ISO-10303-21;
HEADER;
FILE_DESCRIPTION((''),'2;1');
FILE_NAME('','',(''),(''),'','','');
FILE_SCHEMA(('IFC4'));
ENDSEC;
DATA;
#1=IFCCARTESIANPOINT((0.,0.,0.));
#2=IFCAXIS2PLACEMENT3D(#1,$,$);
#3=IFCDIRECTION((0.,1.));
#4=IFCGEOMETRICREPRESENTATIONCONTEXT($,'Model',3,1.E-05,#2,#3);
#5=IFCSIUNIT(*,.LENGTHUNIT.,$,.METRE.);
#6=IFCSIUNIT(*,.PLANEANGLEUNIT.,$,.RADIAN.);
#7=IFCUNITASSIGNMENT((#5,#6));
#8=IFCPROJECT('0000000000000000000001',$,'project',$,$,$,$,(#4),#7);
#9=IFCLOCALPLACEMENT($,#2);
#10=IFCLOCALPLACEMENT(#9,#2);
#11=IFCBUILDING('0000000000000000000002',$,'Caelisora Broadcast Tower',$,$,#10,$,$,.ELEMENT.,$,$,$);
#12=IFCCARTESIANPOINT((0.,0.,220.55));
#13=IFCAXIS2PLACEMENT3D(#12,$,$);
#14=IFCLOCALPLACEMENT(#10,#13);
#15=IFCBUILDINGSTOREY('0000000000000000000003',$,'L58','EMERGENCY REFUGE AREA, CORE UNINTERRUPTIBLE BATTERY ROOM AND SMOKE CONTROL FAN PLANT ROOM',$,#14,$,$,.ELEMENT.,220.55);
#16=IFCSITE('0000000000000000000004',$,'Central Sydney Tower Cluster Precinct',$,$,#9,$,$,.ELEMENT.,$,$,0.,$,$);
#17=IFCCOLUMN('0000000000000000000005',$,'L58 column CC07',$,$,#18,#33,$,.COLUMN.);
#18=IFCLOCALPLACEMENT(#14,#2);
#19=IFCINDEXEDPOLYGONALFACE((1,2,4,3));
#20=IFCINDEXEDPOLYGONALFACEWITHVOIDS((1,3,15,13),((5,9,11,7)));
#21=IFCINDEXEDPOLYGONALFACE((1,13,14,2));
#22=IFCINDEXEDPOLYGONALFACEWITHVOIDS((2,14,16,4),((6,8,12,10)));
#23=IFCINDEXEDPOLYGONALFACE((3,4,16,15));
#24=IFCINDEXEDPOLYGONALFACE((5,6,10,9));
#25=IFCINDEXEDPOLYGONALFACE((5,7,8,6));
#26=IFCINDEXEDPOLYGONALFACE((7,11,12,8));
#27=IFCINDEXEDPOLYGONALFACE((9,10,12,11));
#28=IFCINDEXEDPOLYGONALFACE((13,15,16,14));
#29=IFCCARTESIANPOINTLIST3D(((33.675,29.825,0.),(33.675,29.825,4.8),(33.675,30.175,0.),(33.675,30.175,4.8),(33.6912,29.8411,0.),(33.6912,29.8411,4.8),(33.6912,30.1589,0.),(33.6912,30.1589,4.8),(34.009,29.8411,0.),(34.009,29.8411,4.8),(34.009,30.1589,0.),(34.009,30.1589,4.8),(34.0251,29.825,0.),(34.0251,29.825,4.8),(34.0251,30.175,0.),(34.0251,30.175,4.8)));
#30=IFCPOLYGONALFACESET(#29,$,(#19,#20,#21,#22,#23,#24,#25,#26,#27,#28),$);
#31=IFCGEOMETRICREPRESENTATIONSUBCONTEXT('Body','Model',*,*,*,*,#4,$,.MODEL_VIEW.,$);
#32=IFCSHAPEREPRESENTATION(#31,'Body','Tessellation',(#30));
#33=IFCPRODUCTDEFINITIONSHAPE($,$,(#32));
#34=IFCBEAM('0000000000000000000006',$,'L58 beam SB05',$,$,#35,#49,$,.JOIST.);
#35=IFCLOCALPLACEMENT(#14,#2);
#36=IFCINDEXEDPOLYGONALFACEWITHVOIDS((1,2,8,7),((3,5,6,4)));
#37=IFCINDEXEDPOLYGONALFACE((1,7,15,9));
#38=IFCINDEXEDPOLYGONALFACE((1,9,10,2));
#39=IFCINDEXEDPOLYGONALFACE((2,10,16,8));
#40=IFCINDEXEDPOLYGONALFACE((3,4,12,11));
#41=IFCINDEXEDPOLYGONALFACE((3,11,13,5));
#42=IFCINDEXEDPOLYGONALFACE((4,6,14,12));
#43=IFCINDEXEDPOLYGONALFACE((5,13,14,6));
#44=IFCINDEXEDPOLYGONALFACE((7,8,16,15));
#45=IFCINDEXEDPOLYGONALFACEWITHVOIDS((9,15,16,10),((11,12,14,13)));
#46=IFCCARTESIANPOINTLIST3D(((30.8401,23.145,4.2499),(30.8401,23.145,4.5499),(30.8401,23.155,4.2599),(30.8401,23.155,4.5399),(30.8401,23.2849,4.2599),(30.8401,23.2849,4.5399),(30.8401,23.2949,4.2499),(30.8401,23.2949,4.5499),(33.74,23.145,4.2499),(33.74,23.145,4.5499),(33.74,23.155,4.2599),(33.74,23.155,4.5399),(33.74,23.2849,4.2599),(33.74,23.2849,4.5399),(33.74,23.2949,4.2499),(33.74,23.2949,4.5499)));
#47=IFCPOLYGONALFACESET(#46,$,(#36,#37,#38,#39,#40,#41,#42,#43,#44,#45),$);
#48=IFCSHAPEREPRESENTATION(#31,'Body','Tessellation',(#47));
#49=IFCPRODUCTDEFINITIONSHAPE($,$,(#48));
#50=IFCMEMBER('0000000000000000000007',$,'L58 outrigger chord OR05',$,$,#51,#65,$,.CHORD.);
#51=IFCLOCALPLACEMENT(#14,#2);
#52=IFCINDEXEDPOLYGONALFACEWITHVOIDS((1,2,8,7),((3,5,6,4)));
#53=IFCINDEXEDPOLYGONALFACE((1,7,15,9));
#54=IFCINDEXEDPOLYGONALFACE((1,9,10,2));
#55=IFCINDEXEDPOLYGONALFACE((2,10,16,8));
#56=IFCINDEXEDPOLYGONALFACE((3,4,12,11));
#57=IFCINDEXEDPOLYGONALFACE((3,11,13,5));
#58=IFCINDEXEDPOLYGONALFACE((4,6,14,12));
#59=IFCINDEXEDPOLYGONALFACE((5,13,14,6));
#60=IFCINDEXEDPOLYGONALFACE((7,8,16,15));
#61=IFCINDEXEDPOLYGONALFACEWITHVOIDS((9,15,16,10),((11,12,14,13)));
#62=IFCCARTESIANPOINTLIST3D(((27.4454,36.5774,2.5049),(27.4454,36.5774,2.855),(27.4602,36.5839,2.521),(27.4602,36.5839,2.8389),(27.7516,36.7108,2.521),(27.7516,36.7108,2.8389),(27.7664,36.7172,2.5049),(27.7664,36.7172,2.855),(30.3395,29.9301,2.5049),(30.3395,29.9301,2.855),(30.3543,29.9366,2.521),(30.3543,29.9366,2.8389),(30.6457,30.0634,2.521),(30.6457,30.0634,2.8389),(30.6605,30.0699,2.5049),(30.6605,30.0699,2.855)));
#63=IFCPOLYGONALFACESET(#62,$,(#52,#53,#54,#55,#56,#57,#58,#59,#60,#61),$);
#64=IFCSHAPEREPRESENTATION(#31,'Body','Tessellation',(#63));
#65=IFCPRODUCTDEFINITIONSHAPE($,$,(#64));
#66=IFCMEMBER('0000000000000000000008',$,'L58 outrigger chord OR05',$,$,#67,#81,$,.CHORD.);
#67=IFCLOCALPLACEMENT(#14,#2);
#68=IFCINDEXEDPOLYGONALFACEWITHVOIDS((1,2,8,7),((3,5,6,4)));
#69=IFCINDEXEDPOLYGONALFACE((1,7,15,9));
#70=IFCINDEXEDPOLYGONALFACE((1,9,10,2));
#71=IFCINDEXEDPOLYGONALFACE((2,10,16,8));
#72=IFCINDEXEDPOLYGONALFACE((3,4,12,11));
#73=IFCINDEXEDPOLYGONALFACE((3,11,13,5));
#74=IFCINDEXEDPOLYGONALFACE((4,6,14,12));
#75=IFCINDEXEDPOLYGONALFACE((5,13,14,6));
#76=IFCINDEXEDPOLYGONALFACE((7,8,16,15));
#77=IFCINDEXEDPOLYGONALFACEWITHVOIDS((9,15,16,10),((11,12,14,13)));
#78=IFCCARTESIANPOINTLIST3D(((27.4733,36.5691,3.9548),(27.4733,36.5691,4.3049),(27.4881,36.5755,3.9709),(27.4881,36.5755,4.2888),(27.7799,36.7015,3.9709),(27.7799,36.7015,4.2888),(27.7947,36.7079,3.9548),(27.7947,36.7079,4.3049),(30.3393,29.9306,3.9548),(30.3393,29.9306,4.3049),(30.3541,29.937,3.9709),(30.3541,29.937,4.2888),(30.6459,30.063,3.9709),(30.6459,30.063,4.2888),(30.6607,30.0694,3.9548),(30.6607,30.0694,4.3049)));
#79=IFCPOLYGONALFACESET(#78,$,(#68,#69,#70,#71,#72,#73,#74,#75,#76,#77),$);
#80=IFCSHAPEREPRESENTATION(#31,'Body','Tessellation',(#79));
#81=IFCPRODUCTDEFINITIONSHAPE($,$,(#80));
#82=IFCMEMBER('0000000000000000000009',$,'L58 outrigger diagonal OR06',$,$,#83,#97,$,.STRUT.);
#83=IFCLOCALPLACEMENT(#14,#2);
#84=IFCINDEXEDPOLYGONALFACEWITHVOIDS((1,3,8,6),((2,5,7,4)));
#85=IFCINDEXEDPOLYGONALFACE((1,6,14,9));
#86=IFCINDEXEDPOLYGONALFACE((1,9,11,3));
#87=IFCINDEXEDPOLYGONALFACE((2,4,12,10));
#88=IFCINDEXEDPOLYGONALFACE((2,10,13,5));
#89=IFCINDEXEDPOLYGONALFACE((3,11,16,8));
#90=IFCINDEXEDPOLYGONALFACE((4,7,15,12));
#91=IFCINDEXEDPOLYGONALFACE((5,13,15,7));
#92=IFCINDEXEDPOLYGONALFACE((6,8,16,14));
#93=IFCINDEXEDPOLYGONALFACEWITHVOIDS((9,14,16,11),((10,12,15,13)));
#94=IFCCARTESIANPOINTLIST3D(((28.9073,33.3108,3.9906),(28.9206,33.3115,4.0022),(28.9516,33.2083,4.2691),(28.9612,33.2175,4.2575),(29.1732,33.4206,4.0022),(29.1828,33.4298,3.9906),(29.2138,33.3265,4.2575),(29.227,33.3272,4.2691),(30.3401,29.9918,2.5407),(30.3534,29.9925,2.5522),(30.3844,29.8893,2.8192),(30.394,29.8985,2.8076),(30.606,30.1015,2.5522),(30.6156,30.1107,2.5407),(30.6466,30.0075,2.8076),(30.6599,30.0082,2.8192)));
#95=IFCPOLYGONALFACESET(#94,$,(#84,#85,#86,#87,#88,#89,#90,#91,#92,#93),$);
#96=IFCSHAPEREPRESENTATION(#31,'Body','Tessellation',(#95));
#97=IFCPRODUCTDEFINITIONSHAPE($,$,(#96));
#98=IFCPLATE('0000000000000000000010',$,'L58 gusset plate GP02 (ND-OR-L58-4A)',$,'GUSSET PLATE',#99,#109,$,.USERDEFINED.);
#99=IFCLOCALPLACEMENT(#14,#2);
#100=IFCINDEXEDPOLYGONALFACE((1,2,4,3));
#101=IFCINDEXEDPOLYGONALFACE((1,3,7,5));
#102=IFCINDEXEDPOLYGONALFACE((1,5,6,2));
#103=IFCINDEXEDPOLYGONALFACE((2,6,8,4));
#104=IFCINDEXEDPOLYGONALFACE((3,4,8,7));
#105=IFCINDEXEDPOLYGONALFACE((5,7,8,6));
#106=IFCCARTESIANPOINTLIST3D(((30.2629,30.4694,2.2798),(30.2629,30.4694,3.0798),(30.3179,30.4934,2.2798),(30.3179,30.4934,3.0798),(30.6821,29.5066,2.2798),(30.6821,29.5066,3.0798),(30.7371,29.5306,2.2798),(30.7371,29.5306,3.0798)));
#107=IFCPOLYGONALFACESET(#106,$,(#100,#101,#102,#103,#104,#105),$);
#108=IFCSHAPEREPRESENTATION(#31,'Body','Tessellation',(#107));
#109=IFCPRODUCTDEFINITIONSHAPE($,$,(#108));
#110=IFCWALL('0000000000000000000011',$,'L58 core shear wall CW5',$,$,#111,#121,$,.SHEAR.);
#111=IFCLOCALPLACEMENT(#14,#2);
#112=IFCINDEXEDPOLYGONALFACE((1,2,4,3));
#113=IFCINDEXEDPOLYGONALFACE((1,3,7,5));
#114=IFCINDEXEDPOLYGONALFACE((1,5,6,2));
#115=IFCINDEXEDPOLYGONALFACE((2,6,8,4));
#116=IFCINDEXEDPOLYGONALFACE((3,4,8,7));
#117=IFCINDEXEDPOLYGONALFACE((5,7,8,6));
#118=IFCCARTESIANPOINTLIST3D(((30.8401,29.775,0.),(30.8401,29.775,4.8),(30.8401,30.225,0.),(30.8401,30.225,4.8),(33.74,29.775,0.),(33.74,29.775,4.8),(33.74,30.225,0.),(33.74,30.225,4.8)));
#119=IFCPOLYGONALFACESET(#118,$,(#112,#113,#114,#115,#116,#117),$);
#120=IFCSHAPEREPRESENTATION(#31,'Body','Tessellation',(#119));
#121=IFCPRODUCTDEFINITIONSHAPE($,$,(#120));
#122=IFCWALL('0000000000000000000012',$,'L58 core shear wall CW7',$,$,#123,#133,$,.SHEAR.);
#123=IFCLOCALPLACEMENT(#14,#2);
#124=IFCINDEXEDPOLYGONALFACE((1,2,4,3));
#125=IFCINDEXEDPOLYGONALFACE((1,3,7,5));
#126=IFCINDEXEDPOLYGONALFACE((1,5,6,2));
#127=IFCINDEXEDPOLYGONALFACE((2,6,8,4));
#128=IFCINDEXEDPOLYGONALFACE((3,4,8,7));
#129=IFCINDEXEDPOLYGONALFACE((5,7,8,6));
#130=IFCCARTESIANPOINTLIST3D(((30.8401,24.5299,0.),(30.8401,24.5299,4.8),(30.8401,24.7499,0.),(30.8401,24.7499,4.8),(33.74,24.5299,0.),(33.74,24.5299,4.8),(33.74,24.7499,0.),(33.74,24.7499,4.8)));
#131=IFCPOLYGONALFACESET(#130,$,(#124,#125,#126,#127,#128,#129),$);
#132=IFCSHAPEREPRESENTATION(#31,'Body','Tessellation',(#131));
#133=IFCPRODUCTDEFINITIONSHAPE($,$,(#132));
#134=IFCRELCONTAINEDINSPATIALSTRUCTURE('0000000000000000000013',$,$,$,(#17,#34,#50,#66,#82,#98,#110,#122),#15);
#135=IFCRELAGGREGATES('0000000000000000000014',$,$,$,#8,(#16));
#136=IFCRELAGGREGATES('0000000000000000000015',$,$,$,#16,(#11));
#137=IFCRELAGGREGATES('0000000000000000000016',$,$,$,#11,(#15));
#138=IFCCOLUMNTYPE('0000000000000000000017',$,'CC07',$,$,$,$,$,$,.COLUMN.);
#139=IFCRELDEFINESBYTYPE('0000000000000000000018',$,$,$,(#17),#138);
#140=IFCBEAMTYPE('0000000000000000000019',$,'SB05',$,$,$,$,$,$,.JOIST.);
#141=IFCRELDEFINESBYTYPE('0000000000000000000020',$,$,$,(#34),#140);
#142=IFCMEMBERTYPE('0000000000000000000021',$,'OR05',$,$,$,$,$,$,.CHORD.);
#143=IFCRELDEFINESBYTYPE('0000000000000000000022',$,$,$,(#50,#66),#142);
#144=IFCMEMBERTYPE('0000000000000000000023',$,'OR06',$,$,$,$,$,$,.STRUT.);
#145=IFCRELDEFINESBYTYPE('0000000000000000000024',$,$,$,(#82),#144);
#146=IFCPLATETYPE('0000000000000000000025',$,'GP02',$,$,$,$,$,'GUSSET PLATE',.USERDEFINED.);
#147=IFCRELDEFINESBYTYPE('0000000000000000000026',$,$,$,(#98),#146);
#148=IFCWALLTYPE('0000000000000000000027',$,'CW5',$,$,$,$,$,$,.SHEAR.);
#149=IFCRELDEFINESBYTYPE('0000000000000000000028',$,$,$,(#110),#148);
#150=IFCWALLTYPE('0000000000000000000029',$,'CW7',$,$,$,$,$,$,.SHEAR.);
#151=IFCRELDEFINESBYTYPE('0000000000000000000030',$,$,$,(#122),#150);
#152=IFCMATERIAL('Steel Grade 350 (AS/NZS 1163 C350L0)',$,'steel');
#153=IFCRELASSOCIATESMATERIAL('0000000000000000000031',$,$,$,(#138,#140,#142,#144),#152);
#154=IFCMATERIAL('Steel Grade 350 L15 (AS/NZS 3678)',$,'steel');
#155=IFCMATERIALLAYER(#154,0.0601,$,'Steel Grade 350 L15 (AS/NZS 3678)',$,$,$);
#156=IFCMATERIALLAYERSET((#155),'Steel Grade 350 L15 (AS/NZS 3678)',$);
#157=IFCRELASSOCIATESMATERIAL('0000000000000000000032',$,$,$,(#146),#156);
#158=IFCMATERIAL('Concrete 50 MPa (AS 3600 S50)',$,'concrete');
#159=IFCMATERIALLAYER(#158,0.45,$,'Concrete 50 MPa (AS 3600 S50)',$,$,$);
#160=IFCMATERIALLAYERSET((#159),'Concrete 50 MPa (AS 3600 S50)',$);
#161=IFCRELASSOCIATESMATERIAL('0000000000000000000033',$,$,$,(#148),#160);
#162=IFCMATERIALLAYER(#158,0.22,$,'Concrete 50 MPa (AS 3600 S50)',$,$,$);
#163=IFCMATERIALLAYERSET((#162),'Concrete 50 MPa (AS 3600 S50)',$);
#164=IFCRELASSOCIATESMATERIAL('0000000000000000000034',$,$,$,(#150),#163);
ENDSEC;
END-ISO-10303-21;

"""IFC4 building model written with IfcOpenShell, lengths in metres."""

from ifc_helpers import new_model, si_unit, direction, frame, frame_2d, origin, origin_2d, place, context, subcontext, project, spatial, rectangle, hollow_rectangle, extrude, source, transform, mapped, material, layer, layer_set, material_profile, profile_set, type_object, type_shapes, element, save


model = new_model("IFC4")

# Units and contexts
model_context = context("Model", 3, precision=1e-05, world=origin(), true_north=direction((0.0, 1.0)))
body_context = subcontext(model_context, "Body", "Model", "MODEL_VIEW")
ifc_project = project(units=[si_unit("LENGTHUNIT", "METRE"), si_unit("PLANEANGLEUNIT", "RADIAN")], contexts=[model_context])

# Site, building, storey
site_placement = place(None, origin())
site = spatial("IfcSite", under=ifc_project, at=site_placement, Name="Central Sydney Tower Cluster Precinct", CompositionType="ELEMENT", RefElevation=0.0)
building_placement = place(site_placement, origin())
building = spatial("IfcBuilding", under=site, at=building_placement, Name="Caelisora Broadcast Tower", CompositionType="ELEMENT")
storey_placement = place(building_placement, frame((0.0, 0.0, 220.55)))
storey = spatial("IfcBuildingStorey", under=building, at=storey_placement, Name="L58", Description="EMERGENCY REFUGE AREA, CORE UNINTERRUPTIBLE BATTERY ROOM AND SMOKE CONTROL FAN PLANT ROOM", CompositionType="ELEMENT", Elevation=220.55)

# Column
ifc_material_1 = material(Name="Steel Grade 350 (AS/NZS 1163 C350L0)", Category="steel")
ifc_material_profile_1 = material_profile(ifc_material_1, hollow_rectangle(XDim=0.3501, YDim=0.3501, WallThickness=0.0161, at=origin_2d()), Name="Steel Grade 350 (AS/NZS 1163 C350L0)")
ifc_profile_set_1 = profile_set([ifc_material_profile_1], Name="Steel Grade 350 (AS/NZS 1163 C350L0)")
column_type = type_object("IfcColumnType", Name="CC07", PredefinedType="COLUMN", material=ifc_profile_set_1)
shared_shape_1 = source(origin(), body_context, "Body", "SweptSolid", [
    extrude(hollow_rectangle(XDim=0.3501, YDim=0.3501, WallThickness=0.0161, at=origin_2d()), origin(), (0.0, 0.0, 1.0), 4.8),
])
type_shapes(column_type, [shared_shape_1])
column_placement = place(storey_placement, frame((33.8501, 30.0, 0.0), z_axis=(0.0, 0.0, 1.0), x_axis=(1.0, 0.0, 0.0)))
element("IfcColumn", 1, at=column_placement, inside=storey, type_object=column_type, Name="L58 column CC07", PredefinedType="COLUMN", context=body_context, shape_type="MappedRepresentation", body=[
    mapped(shared_shape_1, transform((0.0, 0.0, 0.0), scale=1.0)),
])

# Beam
ifc_material_profile_2 = material_profile(ifc_material_1, hollow_rectangle(XDim=0.1499, YDim=0.3, WallThickness=0.01, at=origin_2d()), Name="Steel Grade 350 (AS/NZS 1163 C350L0)")
ifc_profile_set_2 = profile_set([ifc_material_profile_2], Name="Steel Grade 350 (AS/NZS 1163 C350L0)")
beam_type = type_object("IfcBeamType", Name="SB05", PredefinedType="JOIST", material=ifc_profile_set_2)
shared_shape_2 = source(origin(), body_context, "Body", "SweptSolid", [
    extrude(hollow_rectangle(XDim=0.1499, YDim=0.3, WallThickness=0.01, at=origin_2d()), origin(), (0.0, 0.0, 1.0), 2.8999),
])
type_shapes(beam_type, [shared_shape_2])
beam_placement = place(storey_placement, frame((30.8401, 23.22, 4.3999), z_axis=(1.0, 0.0, 0.0), x_axis=(0.0, 1.0, 0.0)))
element("IfcBeam", 2, at=beam_placement, inside=storey, type_object=beam_type, Name="L58 beam SB05", PredefinedType="JOIST", context=body_context, shape_type="MappedRepresentation", body=[
    mapped(shared_shape_2, transform((0.0, 0.0, 0.0), scale=1.0)),
])

# Members
ifc_material_profile_3 = material_profile(ifc_material_1, hollow_rectangle(XDim=0.3501, YDim=0.3501, WallThickness=0.0161, at=origin_2d()), Name="Steel Grade 350 (AS/NZS 1163 C350L0)")
ifc_profile_set_3 = profile_set([ifc_material_profile_3], Name="Steel Grade 350 (AS/NZS 1163 C350L0)")
member_type_1 = type_object("IfcMemberType", Name="OR05", PredefinedType="CHORD", material=ifc_profile_set_3)
shared_shape_3 = source(origin(), body_context, "Body", "SweptSolid", [
    extrude(hollow_rectangle(XDim=0.3501, YDim=0.3501, WallThickness=0.0161, at=origin_2d()), origin(), (0.0, 0.0, 1.0), 7.25),
])
member_1_placement = place(storey_placement, frame((30.5, 30.0, 2.6799), z_axis=(-0.399184, 0.916871, 0.0), x_axis=(-0.916871, -0.399184, 0.0)))
element("IfcMember", 3, at=member_1_placement, inside=storey, type_object=member_type_1, Name="L58 outrigger chord OR05", PredefinedType="CHORD", context=body_context, shape_type="MappedRepresentation", body=[
    mapped(shared_shape_3, transform((0.0, 0.0, 0.0), scale=1.0)),
])
shared_shape_4 = source(origin(), body_context, "Body", "SweptSolid", [
    extrude(hollow_rectangle(XDim=0.3501, YDim=0.3501, WallThickness=0.0161, at=origin_2d()), origin(), (0.0, 0.0, 1.0), 7.2307),
])
type_shapes(member_type_1, [shared_shape_3, shared_shape_4])
member_2_placement = place(storey_placement, frame((30.5, 30.0, 4.1299), z_axis=(-0.396363, 0.918094, 0.0), x_axis=(-0.918094, -0.396363, 0.0)))
element("IfcMember", 4, at=member_2_placement, inside=storey, type_object=member_type_1, Name="L58 outrigger chord OR05", PredefinedType="CHORD", context=body_context, shape_type="MappedRepresentation", body=[
    mapped(shared_shape_4, transform((0.0, 0.0, 0.0), scale=1.0)),
])
ifc_material_profile_4 = material_profile(ifc_material_1, hollow_rectangle(XDim=0.3, YDim=0.3, WallThickness=0.0125, at=origin_2d()), Name="Steel Grade 350 (AS/NZS 1163 C350L0)")
ifc_profile_set_4 = profile_set([ifc_material_profile_4], Name="Steel Grade 350 (AS/NZS 1163 C350L0)")
member_type_2 = type_object("IfcMemberType", Name="OR06", PredefinedType="STRUT", material=ifc_profile_set_4)
shared_shape_5 = source(origin(), body_context, "Body", "SweptSolid", [
    extrude(hollow_rectangle(XDim=0.3, YDim=0.3, WallThickness=0.0125, at=origin_2d()), origin(), (0.0, 0.0, 1.0), 3.895),
])
type_shapes(member_type_2, [shared_shape_5])
member_3_placement = place(storey_placement, frame((30.5, 30.0, 2.6799), z_axis=(-0.367862, 0.852119, 0.37225), x_axis=(-0.918101, -0.396347, 0.0)))
element("IfcMember", 5, at=member_3_placement, inside=storey, type_object=member_type_2, Name="L58 outrigger diagonal OR06", PredefinedType="STRUT", context=body_context, shape_type="MappedRepresentation", body=[
    mapped(shared_shape_5, transform((0.0, 0.0, 0.0), scale=1.0)),
])

# Plate
ifc_material_2 = material(Name="Steel Grade 350 L15 (AS/NZS 3678)", Category="steel")
ifc_layer_1 = layer(ifc_material_2, 0.0601, Name="Steel Grade 350 L15 (AS/NZS 3678)")
ifc_layer_set_1 = layer_set([ifc_layer_1], Name="Steel Grade 350 L15 (AS/NZS 3678)")
plate_type = type_object("IfcPlateType", Name="GP02", ElementType="GUSSET PLATE", PredefinedType="USERDEFINED", material=ifc_layer_set_1)
shared_shape_6 = source(origin(), body_context, "Body", "SweptSolid", [
    extrude(rectangle(XDim=1.05, YDim=0.0601, at=origin_2d()), origin(), (0.0, 0.0, 1.0), 0.8),
])
type_shapes(plate_type, [shared_shape_6])
plate_placement = place(storey_placement, frame((30.5, 30.0, 2.2798), z_axis=(0.0, 0.0, 1.0), x_axis=(-0.399229, 0.916851, 0.0)))
element("IfcPlate", 6, at=plate_placement, inside=storey, type_object=plate_type, Name="L58 gusset plate GP02 (ND-OR-L58-4A)", ObjectType="GUSSET PLATE", PredefinedType="USERDEFINED", context=body_context, shape_type="MappedRepresentation", body=[
    mapped(shared_shape_6, transform((0.0, 0.0, 0.0), scale=1.0)),
])

# Walls
ifc_material_3 = material(Name="Concrete 50 MPa (AS 3600 S50)", Category="concrete")
ifc_layer_2 = layer(ifc_material_3, 0.45, Name="Concrete 50 MPa (AS 3600 S50)")
ifc_layer_set_2 = layer_set([ifc_layer_2], Name="Concrete 50 MPa (AS 3600 S50)")
wall_type_1 = type_object("IfcWallType", Name="CW5", PredefinedType="SHEAR", material=ifc_layer_set_2)
wall_1_placement = place(storey_placement, frame((30.8401, 30.0, 0.0), z_axis=(0.0, 0.0, 1.0), x_axis=(1.0, 0.0, 0.0)))
element("IfcWall", 7, at=wall_1_placement, inside=storey, type_object=wall_type_1, Name="L58 core shear wall CW5", PredefinedType="SHEAR", context=body_context, shape_type="SweptSolid", body=[
    extrude(rectangle(XDim=2.8999, YDim=0.45, at=frame_2d((1.45, 0.0))), origin(), (0.0, 0.0, 1.0), 4.8),
])
ifc_layer_3 = layer(ifc_material_3, 0.22, Name="Concrete 50 MPa (AS 3600 S50)")
ifc_layer_set_3 = layer_set([ifc_layer_3], Name="Concrete 50 MPa (AS 3600 S50)")
wall_type_2 = type_object("IfcWallType", Name="CW7", PredefinedType="SHEAR", material=ifc_layer_set_3)
wall_2_placement = place(storey_placement, frame((30.8401, 24.6399, 0.0), z_axis=(0.0, 0.0, 1.0), x_axis=(1.0, 0.0, 0.0)))
element("IfcWall", 8, at=wall_2_placement, inside=storey, type_object=wall_type_2, Name="L58 core shear wall CW7", PredefinedType="SHEAR", context=body_context, shape_type="SweptSolid", body=[
    extrude(rectangle(XDim=2.8999, YDim=0.22, at=frame_2d((1.45, 0.0))), origin(), (0.0, 0.0, 1.0), 4.8),
])

save(model, "model.ifc")
